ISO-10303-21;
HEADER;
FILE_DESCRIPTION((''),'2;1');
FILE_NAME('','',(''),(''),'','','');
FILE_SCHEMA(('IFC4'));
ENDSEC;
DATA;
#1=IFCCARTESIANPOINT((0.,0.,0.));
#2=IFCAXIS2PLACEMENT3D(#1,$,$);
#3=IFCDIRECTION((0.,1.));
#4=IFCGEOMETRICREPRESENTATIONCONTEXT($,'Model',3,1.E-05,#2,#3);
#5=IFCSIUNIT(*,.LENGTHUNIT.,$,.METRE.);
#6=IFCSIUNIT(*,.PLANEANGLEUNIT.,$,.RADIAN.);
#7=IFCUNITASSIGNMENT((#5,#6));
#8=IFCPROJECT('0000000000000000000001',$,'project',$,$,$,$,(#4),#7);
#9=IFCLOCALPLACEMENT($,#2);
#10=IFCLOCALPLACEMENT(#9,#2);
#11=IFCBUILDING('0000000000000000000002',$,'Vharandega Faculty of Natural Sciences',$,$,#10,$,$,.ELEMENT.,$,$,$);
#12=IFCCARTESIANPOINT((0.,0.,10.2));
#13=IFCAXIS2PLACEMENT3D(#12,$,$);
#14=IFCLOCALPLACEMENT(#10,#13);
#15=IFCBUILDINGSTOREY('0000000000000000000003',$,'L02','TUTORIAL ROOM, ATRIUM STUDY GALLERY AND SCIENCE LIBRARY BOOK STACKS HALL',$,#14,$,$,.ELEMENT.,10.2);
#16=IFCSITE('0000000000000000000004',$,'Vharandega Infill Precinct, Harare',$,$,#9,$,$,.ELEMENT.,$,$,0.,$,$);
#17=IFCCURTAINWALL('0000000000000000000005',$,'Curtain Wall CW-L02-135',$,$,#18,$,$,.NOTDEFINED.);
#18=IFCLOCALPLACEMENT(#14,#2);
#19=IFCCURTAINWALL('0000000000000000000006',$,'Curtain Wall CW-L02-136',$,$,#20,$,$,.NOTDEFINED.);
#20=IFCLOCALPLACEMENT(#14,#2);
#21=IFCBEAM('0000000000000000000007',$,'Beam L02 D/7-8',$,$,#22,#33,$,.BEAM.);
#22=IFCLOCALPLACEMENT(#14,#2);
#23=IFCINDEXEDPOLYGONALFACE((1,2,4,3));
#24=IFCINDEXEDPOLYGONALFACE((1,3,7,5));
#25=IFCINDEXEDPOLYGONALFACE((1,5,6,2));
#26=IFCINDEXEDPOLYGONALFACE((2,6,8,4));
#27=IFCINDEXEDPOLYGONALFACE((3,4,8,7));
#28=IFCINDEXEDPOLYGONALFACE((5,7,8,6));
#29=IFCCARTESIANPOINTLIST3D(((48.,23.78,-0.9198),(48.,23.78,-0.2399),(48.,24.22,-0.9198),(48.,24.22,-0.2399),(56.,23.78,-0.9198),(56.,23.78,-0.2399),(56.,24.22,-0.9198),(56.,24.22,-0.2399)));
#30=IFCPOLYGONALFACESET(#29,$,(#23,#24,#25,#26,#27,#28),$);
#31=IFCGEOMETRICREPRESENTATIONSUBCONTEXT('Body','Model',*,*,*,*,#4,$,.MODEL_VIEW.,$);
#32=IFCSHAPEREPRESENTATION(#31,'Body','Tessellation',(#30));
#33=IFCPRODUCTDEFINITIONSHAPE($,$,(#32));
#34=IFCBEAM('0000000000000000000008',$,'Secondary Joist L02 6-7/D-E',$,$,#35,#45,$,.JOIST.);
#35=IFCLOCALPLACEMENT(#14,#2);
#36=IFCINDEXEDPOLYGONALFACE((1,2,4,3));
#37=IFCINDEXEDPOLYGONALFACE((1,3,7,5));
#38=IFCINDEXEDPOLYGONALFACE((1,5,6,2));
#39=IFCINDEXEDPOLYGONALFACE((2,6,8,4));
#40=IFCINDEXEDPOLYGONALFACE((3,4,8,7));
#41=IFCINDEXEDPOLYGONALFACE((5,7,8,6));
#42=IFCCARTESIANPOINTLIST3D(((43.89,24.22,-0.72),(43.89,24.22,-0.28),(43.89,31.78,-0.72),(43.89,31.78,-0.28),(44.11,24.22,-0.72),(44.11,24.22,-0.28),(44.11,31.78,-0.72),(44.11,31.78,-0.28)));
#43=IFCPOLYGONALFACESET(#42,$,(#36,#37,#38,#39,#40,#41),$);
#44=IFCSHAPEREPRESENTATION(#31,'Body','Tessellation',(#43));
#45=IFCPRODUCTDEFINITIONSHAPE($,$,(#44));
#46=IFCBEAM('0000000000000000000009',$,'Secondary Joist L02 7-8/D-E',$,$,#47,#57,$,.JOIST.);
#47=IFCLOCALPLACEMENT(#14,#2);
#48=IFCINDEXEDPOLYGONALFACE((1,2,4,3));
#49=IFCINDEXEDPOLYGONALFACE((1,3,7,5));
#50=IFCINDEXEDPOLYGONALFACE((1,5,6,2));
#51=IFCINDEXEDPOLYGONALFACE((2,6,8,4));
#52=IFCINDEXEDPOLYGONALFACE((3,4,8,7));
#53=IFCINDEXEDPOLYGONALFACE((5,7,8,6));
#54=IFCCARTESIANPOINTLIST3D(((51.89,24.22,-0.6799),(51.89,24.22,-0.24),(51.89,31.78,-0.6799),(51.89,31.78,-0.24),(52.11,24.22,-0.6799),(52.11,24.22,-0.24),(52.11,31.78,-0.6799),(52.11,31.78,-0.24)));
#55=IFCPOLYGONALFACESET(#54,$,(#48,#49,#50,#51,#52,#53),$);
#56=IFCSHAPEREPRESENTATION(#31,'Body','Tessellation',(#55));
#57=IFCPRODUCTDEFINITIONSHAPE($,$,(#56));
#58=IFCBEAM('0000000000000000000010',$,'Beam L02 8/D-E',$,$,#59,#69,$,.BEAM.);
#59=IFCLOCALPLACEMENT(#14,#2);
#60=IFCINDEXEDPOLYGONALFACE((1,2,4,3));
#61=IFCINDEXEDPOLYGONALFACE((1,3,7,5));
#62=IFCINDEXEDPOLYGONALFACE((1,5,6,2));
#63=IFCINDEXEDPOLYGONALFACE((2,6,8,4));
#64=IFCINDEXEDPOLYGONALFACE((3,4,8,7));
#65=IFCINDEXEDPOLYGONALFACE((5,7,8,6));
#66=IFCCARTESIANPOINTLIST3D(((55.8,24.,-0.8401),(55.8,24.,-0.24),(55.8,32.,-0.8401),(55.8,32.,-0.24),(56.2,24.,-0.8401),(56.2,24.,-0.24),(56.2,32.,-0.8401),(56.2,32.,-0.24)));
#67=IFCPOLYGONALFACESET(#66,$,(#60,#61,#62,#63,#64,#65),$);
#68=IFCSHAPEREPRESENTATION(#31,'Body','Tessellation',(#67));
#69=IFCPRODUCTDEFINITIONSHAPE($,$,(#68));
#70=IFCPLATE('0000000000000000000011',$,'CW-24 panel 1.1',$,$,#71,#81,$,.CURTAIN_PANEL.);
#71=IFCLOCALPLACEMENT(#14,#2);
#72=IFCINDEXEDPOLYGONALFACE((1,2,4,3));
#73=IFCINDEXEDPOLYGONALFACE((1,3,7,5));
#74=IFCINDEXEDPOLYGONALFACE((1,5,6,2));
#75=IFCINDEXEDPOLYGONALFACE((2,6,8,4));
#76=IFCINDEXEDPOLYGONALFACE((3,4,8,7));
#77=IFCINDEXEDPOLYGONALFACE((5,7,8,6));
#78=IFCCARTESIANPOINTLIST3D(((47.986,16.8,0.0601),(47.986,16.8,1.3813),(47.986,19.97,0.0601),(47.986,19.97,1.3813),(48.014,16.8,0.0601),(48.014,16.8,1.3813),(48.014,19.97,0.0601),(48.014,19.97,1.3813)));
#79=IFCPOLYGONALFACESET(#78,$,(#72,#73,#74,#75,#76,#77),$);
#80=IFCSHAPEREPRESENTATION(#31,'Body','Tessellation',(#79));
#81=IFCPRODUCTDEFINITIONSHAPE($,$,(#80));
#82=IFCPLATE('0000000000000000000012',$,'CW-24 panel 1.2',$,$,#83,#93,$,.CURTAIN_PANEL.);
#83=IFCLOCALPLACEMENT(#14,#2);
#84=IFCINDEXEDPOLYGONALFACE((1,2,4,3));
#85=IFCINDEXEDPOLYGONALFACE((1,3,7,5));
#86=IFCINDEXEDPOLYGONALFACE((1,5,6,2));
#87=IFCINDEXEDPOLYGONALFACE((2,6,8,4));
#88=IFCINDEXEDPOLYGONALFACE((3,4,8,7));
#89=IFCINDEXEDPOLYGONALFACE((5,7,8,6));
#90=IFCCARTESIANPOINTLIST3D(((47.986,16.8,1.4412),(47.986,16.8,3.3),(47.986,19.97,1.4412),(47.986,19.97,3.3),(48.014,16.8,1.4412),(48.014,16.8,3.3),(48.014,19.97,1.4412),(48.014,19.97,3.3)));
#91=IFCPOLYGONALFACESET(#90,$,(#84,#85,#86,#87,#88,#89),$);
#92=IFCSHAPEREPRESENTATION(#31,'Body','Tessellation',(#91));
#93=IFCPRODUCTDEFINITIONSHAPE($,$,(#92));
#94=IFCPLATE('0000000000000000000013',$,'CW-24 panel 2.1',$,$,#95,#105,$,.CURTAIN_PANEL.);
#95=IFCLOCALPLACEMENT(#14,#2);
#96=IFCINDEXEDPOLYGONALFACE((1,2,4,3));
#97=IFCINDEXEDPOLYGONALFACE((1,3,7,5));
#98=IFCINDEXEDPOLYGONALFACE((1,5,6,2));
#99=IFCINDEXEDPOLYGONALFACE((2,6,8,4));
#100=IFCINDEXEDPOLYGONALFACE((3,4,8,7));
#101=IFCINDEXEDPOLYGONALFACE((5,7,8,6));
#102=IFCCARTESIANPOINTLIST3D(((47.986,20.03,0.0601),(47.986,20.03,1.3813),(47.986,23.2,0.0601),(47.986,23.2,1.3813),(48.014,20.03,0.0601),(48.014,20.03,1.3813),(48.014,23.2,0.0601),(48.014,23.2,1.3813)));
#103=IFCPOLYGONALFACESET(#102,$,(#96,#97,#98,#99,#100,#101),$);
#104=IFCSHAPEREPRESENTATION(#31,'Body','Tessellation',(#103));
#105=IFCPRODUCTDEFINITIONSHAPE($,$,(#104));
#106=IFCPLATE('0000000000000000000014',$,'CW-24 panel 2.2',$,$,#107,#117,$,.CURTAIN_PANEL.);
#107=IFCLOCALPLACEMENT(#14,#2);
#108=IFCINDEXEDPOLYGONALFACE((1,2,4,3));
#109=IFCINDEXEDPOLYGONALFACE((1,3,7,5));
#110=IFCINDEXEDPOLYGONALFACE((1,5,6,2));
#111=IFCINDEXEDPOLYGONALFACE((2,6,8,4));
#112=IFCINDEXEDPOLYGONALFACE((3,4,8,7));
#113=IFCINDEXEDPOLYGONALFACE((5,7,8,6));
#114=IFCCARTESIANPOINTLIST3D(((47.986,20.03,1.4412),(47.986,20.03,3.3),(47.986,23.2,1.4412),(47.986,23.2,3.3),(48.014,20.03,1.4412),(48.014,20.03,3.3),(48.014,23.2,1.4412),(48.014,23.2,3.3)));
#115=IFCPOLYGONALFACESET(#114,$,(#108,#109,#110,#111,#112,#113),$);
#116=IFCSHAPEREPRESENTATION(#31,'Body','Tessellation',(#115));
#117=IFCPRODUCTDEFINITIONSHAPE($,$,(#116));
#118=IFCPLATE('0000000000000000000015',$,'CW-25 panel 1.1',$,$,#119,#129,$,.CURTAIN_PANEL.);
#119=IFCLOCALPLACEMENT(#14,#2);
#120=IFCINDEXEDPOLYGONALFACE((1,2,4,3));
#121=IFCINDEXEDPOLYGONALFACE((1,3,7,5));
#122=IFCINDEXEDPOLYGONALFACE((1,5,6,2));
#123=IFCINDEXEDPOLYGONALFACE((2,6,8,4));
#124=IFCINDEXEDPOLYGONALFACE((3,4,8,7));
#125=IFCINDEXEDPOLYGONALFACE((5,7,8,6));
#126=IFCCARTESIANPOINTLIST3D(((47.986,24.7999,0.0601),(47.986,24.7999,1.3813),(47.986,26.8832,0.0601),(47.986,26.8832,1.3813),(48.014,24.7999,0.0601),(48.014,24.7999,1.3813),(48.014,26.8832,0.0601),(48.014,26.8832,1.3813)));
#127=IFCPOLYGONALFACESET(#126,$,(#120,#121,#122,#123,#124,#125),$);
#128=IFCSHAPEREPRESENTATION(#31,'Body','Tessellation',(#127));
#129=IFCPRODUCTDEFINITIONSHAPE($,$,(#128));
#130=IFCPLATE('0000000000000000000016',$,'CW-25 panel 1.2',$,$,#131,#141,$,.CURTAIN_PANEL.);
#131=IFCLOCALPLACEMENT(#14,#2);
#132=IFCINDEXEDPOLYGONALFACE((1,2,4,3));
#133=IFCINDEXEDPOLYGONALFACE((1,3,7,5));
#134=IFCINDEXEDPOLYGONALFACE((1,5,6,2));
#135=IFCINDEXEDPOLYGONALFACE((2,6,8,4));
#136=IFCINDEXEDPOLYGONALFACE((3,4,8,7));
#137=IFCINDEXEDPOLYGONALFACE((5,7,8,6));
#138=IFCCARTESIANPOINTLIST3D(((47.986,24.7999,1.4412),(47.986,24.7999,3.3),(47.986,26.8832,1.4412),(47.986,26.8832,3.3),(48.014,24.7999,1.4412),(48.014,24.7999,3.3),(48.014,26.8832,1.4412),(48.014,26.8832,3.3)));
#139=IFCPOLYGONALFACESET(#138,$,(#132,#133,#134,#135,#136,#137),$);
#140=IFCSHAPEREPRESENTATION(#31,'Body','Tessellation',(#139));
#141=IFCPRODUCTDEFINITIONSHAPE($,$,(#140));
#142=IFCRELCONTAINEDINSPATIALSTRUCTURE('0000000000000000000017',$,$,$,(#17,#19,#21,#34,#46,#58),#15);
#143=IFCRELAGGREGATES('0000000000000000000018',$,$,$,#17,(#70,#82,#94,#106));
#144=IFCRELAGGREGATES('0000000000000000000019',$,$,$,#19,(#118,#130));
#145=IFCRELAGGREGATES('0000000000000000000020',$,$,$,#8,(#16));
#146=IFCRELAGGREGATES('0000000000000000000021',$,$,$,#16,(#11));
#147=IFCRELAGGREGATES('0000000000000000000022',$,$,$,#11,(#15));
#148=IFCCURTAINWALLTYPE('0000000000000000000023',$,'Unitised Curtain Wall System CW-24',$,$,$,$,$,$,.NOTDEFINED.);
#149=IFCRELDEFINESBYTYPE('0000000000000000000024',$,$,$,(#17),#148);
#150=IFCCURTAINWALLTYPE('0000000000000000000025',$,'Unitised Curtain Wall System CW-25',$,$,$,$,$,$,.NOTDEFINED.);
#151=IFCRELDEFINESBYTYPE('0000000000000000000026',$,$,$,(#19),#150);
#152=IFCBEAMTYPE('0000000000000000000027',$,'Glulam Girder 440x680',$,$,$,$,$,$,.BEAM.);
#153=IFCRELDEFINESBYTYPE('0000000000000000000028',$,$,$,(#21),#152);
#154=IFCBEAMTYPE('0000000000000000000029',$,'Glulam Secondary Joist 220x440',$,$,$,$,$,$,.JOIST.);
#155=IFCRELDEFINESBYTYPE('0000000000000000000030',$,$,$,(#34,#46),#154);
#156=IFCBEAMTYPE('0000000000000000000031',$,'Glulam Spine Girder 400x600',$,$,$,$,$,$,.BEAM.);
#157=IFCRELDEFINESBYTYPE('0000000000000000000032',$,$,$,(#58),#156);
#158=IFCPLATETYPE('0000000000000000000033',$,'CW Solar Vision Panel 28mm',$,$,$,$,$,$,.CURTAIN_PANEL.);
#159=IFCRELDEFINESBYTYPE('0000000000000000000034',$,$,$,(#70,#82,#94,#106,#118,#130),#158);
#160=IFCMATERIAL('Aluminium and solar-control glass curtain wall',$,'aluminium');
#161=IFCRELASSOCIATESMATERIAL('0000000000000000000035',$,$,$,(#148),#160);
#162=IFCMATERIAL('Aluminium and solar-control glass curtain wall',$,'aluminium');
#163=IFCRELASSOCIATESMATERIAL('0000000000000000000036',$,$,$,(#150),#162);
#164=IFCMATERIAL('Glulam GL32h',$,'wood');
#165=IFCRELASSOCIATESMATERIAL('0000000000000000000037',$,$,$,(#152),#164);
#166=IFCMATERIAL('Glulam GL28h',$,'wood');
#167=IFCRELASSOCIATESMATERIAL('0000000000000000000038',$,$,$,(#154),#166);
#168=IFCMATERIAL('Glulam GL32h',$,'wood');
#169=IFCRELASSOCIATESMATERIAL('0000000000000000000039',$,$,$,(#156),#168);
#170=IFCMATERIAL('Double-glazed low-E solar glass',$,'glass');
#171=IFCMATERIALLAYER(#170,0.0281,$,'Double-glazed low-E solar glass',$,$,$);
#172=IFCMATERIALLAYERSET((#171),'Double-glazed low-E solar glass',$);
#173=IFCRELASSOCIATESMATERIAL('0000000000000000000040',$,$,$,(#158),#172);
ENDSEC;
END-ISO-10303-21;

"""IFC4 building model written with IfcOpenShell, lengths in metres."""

from ifc_helpers import new_model, si_unit, direction, frame, origin, origin_2d, place, context, subcontext, project, spatial, rectangle, extrude, material, layer, layer_set, material_profile, profile_set, type_object, element, aggregate, save


model = new_model("IFC4")

# Units and contexts
model_context = context("Model", 3, precision=1e-05, world=origin(), true_north=direction((0.0, 1.0)))
body_context = subcontext(model_context, "Body", "Model", "MODEL_VIEW")
ifc_project = project(units=[si_unit("LENGTHUNIT", "METRE"), si_unit("PLANEANGLEUNIT", "RADIAN")], contexts=[model_context])

# Site, building, storey
site_placement = place(None, origin())
site = spatial("IfcSite", under=ifc_project, at=site_placement, Name="Vharandega Infill Precinct, Harare", CompositionType="ELEMENT", RefElevation=0.0)
building_placement = place(site_placement, origin())
building = spatial("IfcBuilding", under=site, at=building_placement, Name="Vharandega Faculty of Natural Sciences", CompositionType="ELEMENT")
storey_placement = place(building_placement, frame((0.0, 0.0, 10.2)))
storey = spatial("IfcBuildingStorey", under=building, at=storey_placement, Name="L02", Description="TUTORIAL ROOM, ATRIUM STUDY GALLERY AND SCIENCE LIBRARY BOOK STACKS HALL", CompositionType="ELEMENT", Elevation=10.2)

# Curtain walls
ifc_material_1 = material(Name="Aluminium and solar-control glass curtain wall", Category="aluminium")
curtain_wall_type_1 = type_object("IfcCurtainWallType", Name="Unitised Curtain Wall System CW-24", PredefinedType="NOTDEFINED", material=ifc_material_1)
curtain_wall_1_placement = place(storey_placement, origin())
curtain_wall_1 = element("IfcCurtainWall", 1, at=curtain_wall_1_placement, inside=storey, type_object=curtain_wall_type_1, Name="Curtain Wall CW-L02-135", PredefinedType="NOTDEFINED")
ifc_material_2 = material(Name="Aluminium and solar-control glass curtain wall", Category="aluminium")
curtain_wall_type_2 = type_object("IfcCurtainWallType", Name="Unitised Curtain Wall System CW-25", PredefinedType="NOTDEFINED", material=ifc_material_2)
curtain_wall_2_placement = place(storey_placement, origin())
curtain_wall_2 = element("IfcCurtainWall", 2, at=curtain_wall_2_placement, inside=storey, type_object=curtain_wall_type_2, Name="Curtain Wall CW-L02-136", PredefinedType="NOTDEFINED")

# Beams
ifc_material_3 = material(Name="Glulam GL32h", Category="wood")
ifc_material_profile_1 = material_profile(ifc_material_3, rectangle(XDim=0.4399, YDim=0.6799, at=origin_2d()), Name="GL32h 440x680")
ifc_profile_set_1 = profile_set([ifc_material_profile_1], Name="Glulam GL32h")
beam_type_1 = type_object("IfcBeamType", Name="Glulam Girder 440x680", PredefinedType="BEAM", material=ifc_profile_set_1)
beam_1_placement = place(storey_placement, frame((48.0, 24.0, -0.5798), z_axis=(1.0, 0.0, 0.0), x_axis=(0.0, 1.0, 0.0)))
element("IfcBeam", 3, at=beam_1_placement, inside=storey, type_object=beam_type_1, Name="Beam L02 D/7-8", PredefinedType="BEAM", context=body_context, shape_type="SweptSolid", body=[
    extrude(rectangle(XDim=0.4399, YDim=0.6799, at=origin_2d()), origin(), (0.0, 0.0, 1.0), 8.0),
])
ifc_material_4 = material(Name="Glulam GL28h", Category="wood")
ifc_material_profile_2 = material_profile(ifc_material_4, rectangle(XDim=0.22, YDim=0.4399, at=origin_2d()), Name="GL28h 220x440")
ifc_profile_set_2 = profile_set([ifc_material_profile_2], Name="Glulam GL28h")
beam_type_2 = type_object("IfcBeamType", Name="Glulam Secondary Joist 220x440", PredefinedType="JOIST", material=ifc_profile_set_2)
for number, where, z_axis, x_axis, name in (
    (4, (44.0, 24.22, -0.5), (0.0, 1.0, 0.0), (-1.0, 0.0, 0.0), "Secondary Joist L02 6-7/D-E"),
    (5, (52.0, 24.22, -0.46), (0.0, 1.0, 0.0), (-1.0, 0.0, 0.0), "Secondary Joist L02 7-8/D-E"),
):
    element("IfcBeam", number, at=place(storey_placement, frame(where, z_axis=z_axis, x_axis=x_axis)), inside=storey, type_object=beam_type_2, Name=name, PredefinedType="JOIST", context=body_context, shape_type="SweptSolid", body=[
        extrude(rectangle(XDim=0.22, YDim=0.4399, at=origin_2d()), origin(), (0.0, 0.0, 1.0), 7.5601),
    ])
ifc_material_5 = material(Name="Glulam GL32h", Category="wood")
ifc_material_profile_3 = material_profile(ifc_material_5, rectangle(XDim=0.3999, YDim=0.6001, at=origin_2d()), Name="GL32h 400x600")
ifc_profile_set_3 = profile_set([ifc_material_profile_3], Name="Glulam GL32h")
beam_type_3 = type_object("IfcBeamType", Name="Glulam Spine Girder 400x600", PredefinedType="BEAM", material=ifc_profile_set_3)
beam_2_placement = place(storey_placement, frame((56.0, 24.0, -0.54), z_axis=(0.0, 1.0, 0.0), x_axis=(-1.0, 0.0, 0.0)))
element("IfcBeam", 6, at=beam_2_placement, inside=storey, type_object=beam_type_3, Name="Beam L02 8/D-E", PredefinedType="BEAM", context=body_context, shape_type="SweptSolid", body=[
    extrude(rectangle(XDim=0.3999, YDim=0.6001, at=origin_2d()), origin(), (0.0, 0.0, 1.0), 8.0),
])

# Plates
ifc_material_6 = material(Name="Double-glazed low-E solar glass", Category="glass")
ifc_layer = layer(ifc_material_6, 0.0281, Name="Double-glazed low-E solar glass")
ifc_layer_set = layer_set([ifc_layer], Name="Double-glazed low-E solar glass")
plate_type = type_object("IfcPlateType", Name="CW Solar Vision Panel 28mm", PredefinedType="CURTAIN_PANEL", material=ifc_layer_set)
plate_1_placement = place(storey_placement, frame((48.0, 18.385, 0.0601), z_axis=(0.0, 0.0, 1.0), x_axis=(0.0, 1.0, 0.0)))
plate_1 = element("IfcPlate", 7, at=plate_1_placement, type_object=plate_type, Name="CW-24 panel 1.1", PredefinedType="CURTAIN_PANEL", context=body_context, shape_type="SweptSolid", body=[
    extrude(rectangle(XDim=3.1699, YDim=0.0281, at=origin_2d()), origin(), (0.0, 0.0, 1.0), 1.3213),
])
plate_2_placement = place(storey_placement, frame((48.0, 18.385, 1.4412), z_axis=(0.0, 0.0, 1.0), x_axis=(0.0, 1.0, 0.0)))
plate_2 = element("IfcPlate", 8, at=plate_2_placement, type_object=plate_type, Name="CW-24 panel 1.2", PredefinedType="CURTAIN_PANEL", context=body_context, shape_type="SweptSolid", body=[
    extrude(rectangle(XDim=3.1699, YDim=0.0281, at=origin_2d()), origin(), (0.0, 0.0, 1.0), 1.8589),
])
plate_3_placement = place(storey_placement, frame((48.0, 21.615, 0.0601), z_axis=(0.0, 0.0, 1.0), x_axis=(0.0, 1.0, 0.0)))
plate_3 = element("IfcPlate", 9, at=plate_3_placement, type_object=plate_type, Name="CW-24 panel 2.1", PredefinedType="CURTAIN_PANEL", context=body_context, shape_type="SweptSolid", body=[
    extrude(rectangle(XDim=3.1699, YDim=0.0281, at=origin_2d()), origin(), (0.0, 0.0, 1.0), 1.3213),
])
plate_4_placement = place(storey_placement, frame((48.0, 21.615, 1.4412), z_axis=(0.0, 0.0, 1.0), x_axis=(0.0, 1.0, 0.0)))
plate_4 = element("IfcPlate", 10, at=plate_4_placement, type_object=plate_type, Name="CW-24 panel 2.2", PredefinedType="CURTAIN_PANEL", context=body_context, shape_type="SweptSolid", body=[
    extrude(rectangle(XDim=3.1699, YDim=0.0281, at=origin_2d()), origin(), (0.0, 0.0, 1.0), 1.8589),
])
aggregate(curtain_wall_1, [plate_1, plate_2, plate_3, plate_4])
plate_5_placement = place(storey_placement, frame((48.0, 25.8416, 0.0601), z_axis=(0.0, 0.0, 1.0), x_axis=(0.0, 1.0, 0.0)))
plate_5 = element("IfcPlate", 11, at=plate_5_placement, type_object=plate_type, Name="CW-25 panel 1.1", PredefinedType="CURTAIN_PANEL", context=body_context, shape_type="SweptSolid", body=[
    extrude(rectangle(XDim=2.0833, YDim=0.0281, at=origin_2d()), origin(), (0.0, 0.0, 1.0), 1.3213),
])
plate_6_placement = place(storey_placement, frame((48.0, 25.8416, 1.4412), z_axis=(0.0, 0.0, 1.0), x_axis=(0.0, 1.0, 0.0)))
plate_6 = element("IfcPlate", 12, at=plate_6_placement, type_object=plate_type, Name="CW-25 panel 1.2", PredefinedType="CURTAIN_PANEL", context=body_context, shape_type="SweptSolid", body=[
    extrude(rectangle(XDim=2.0833, YDim=0.0281, at=origin_2d()), origin(), (0.0, 0.0, 1.0), 1.8589),
])
aggregate(curtain_wall_2, [plate_5, plate_6])

save(model, "model.ifc")
